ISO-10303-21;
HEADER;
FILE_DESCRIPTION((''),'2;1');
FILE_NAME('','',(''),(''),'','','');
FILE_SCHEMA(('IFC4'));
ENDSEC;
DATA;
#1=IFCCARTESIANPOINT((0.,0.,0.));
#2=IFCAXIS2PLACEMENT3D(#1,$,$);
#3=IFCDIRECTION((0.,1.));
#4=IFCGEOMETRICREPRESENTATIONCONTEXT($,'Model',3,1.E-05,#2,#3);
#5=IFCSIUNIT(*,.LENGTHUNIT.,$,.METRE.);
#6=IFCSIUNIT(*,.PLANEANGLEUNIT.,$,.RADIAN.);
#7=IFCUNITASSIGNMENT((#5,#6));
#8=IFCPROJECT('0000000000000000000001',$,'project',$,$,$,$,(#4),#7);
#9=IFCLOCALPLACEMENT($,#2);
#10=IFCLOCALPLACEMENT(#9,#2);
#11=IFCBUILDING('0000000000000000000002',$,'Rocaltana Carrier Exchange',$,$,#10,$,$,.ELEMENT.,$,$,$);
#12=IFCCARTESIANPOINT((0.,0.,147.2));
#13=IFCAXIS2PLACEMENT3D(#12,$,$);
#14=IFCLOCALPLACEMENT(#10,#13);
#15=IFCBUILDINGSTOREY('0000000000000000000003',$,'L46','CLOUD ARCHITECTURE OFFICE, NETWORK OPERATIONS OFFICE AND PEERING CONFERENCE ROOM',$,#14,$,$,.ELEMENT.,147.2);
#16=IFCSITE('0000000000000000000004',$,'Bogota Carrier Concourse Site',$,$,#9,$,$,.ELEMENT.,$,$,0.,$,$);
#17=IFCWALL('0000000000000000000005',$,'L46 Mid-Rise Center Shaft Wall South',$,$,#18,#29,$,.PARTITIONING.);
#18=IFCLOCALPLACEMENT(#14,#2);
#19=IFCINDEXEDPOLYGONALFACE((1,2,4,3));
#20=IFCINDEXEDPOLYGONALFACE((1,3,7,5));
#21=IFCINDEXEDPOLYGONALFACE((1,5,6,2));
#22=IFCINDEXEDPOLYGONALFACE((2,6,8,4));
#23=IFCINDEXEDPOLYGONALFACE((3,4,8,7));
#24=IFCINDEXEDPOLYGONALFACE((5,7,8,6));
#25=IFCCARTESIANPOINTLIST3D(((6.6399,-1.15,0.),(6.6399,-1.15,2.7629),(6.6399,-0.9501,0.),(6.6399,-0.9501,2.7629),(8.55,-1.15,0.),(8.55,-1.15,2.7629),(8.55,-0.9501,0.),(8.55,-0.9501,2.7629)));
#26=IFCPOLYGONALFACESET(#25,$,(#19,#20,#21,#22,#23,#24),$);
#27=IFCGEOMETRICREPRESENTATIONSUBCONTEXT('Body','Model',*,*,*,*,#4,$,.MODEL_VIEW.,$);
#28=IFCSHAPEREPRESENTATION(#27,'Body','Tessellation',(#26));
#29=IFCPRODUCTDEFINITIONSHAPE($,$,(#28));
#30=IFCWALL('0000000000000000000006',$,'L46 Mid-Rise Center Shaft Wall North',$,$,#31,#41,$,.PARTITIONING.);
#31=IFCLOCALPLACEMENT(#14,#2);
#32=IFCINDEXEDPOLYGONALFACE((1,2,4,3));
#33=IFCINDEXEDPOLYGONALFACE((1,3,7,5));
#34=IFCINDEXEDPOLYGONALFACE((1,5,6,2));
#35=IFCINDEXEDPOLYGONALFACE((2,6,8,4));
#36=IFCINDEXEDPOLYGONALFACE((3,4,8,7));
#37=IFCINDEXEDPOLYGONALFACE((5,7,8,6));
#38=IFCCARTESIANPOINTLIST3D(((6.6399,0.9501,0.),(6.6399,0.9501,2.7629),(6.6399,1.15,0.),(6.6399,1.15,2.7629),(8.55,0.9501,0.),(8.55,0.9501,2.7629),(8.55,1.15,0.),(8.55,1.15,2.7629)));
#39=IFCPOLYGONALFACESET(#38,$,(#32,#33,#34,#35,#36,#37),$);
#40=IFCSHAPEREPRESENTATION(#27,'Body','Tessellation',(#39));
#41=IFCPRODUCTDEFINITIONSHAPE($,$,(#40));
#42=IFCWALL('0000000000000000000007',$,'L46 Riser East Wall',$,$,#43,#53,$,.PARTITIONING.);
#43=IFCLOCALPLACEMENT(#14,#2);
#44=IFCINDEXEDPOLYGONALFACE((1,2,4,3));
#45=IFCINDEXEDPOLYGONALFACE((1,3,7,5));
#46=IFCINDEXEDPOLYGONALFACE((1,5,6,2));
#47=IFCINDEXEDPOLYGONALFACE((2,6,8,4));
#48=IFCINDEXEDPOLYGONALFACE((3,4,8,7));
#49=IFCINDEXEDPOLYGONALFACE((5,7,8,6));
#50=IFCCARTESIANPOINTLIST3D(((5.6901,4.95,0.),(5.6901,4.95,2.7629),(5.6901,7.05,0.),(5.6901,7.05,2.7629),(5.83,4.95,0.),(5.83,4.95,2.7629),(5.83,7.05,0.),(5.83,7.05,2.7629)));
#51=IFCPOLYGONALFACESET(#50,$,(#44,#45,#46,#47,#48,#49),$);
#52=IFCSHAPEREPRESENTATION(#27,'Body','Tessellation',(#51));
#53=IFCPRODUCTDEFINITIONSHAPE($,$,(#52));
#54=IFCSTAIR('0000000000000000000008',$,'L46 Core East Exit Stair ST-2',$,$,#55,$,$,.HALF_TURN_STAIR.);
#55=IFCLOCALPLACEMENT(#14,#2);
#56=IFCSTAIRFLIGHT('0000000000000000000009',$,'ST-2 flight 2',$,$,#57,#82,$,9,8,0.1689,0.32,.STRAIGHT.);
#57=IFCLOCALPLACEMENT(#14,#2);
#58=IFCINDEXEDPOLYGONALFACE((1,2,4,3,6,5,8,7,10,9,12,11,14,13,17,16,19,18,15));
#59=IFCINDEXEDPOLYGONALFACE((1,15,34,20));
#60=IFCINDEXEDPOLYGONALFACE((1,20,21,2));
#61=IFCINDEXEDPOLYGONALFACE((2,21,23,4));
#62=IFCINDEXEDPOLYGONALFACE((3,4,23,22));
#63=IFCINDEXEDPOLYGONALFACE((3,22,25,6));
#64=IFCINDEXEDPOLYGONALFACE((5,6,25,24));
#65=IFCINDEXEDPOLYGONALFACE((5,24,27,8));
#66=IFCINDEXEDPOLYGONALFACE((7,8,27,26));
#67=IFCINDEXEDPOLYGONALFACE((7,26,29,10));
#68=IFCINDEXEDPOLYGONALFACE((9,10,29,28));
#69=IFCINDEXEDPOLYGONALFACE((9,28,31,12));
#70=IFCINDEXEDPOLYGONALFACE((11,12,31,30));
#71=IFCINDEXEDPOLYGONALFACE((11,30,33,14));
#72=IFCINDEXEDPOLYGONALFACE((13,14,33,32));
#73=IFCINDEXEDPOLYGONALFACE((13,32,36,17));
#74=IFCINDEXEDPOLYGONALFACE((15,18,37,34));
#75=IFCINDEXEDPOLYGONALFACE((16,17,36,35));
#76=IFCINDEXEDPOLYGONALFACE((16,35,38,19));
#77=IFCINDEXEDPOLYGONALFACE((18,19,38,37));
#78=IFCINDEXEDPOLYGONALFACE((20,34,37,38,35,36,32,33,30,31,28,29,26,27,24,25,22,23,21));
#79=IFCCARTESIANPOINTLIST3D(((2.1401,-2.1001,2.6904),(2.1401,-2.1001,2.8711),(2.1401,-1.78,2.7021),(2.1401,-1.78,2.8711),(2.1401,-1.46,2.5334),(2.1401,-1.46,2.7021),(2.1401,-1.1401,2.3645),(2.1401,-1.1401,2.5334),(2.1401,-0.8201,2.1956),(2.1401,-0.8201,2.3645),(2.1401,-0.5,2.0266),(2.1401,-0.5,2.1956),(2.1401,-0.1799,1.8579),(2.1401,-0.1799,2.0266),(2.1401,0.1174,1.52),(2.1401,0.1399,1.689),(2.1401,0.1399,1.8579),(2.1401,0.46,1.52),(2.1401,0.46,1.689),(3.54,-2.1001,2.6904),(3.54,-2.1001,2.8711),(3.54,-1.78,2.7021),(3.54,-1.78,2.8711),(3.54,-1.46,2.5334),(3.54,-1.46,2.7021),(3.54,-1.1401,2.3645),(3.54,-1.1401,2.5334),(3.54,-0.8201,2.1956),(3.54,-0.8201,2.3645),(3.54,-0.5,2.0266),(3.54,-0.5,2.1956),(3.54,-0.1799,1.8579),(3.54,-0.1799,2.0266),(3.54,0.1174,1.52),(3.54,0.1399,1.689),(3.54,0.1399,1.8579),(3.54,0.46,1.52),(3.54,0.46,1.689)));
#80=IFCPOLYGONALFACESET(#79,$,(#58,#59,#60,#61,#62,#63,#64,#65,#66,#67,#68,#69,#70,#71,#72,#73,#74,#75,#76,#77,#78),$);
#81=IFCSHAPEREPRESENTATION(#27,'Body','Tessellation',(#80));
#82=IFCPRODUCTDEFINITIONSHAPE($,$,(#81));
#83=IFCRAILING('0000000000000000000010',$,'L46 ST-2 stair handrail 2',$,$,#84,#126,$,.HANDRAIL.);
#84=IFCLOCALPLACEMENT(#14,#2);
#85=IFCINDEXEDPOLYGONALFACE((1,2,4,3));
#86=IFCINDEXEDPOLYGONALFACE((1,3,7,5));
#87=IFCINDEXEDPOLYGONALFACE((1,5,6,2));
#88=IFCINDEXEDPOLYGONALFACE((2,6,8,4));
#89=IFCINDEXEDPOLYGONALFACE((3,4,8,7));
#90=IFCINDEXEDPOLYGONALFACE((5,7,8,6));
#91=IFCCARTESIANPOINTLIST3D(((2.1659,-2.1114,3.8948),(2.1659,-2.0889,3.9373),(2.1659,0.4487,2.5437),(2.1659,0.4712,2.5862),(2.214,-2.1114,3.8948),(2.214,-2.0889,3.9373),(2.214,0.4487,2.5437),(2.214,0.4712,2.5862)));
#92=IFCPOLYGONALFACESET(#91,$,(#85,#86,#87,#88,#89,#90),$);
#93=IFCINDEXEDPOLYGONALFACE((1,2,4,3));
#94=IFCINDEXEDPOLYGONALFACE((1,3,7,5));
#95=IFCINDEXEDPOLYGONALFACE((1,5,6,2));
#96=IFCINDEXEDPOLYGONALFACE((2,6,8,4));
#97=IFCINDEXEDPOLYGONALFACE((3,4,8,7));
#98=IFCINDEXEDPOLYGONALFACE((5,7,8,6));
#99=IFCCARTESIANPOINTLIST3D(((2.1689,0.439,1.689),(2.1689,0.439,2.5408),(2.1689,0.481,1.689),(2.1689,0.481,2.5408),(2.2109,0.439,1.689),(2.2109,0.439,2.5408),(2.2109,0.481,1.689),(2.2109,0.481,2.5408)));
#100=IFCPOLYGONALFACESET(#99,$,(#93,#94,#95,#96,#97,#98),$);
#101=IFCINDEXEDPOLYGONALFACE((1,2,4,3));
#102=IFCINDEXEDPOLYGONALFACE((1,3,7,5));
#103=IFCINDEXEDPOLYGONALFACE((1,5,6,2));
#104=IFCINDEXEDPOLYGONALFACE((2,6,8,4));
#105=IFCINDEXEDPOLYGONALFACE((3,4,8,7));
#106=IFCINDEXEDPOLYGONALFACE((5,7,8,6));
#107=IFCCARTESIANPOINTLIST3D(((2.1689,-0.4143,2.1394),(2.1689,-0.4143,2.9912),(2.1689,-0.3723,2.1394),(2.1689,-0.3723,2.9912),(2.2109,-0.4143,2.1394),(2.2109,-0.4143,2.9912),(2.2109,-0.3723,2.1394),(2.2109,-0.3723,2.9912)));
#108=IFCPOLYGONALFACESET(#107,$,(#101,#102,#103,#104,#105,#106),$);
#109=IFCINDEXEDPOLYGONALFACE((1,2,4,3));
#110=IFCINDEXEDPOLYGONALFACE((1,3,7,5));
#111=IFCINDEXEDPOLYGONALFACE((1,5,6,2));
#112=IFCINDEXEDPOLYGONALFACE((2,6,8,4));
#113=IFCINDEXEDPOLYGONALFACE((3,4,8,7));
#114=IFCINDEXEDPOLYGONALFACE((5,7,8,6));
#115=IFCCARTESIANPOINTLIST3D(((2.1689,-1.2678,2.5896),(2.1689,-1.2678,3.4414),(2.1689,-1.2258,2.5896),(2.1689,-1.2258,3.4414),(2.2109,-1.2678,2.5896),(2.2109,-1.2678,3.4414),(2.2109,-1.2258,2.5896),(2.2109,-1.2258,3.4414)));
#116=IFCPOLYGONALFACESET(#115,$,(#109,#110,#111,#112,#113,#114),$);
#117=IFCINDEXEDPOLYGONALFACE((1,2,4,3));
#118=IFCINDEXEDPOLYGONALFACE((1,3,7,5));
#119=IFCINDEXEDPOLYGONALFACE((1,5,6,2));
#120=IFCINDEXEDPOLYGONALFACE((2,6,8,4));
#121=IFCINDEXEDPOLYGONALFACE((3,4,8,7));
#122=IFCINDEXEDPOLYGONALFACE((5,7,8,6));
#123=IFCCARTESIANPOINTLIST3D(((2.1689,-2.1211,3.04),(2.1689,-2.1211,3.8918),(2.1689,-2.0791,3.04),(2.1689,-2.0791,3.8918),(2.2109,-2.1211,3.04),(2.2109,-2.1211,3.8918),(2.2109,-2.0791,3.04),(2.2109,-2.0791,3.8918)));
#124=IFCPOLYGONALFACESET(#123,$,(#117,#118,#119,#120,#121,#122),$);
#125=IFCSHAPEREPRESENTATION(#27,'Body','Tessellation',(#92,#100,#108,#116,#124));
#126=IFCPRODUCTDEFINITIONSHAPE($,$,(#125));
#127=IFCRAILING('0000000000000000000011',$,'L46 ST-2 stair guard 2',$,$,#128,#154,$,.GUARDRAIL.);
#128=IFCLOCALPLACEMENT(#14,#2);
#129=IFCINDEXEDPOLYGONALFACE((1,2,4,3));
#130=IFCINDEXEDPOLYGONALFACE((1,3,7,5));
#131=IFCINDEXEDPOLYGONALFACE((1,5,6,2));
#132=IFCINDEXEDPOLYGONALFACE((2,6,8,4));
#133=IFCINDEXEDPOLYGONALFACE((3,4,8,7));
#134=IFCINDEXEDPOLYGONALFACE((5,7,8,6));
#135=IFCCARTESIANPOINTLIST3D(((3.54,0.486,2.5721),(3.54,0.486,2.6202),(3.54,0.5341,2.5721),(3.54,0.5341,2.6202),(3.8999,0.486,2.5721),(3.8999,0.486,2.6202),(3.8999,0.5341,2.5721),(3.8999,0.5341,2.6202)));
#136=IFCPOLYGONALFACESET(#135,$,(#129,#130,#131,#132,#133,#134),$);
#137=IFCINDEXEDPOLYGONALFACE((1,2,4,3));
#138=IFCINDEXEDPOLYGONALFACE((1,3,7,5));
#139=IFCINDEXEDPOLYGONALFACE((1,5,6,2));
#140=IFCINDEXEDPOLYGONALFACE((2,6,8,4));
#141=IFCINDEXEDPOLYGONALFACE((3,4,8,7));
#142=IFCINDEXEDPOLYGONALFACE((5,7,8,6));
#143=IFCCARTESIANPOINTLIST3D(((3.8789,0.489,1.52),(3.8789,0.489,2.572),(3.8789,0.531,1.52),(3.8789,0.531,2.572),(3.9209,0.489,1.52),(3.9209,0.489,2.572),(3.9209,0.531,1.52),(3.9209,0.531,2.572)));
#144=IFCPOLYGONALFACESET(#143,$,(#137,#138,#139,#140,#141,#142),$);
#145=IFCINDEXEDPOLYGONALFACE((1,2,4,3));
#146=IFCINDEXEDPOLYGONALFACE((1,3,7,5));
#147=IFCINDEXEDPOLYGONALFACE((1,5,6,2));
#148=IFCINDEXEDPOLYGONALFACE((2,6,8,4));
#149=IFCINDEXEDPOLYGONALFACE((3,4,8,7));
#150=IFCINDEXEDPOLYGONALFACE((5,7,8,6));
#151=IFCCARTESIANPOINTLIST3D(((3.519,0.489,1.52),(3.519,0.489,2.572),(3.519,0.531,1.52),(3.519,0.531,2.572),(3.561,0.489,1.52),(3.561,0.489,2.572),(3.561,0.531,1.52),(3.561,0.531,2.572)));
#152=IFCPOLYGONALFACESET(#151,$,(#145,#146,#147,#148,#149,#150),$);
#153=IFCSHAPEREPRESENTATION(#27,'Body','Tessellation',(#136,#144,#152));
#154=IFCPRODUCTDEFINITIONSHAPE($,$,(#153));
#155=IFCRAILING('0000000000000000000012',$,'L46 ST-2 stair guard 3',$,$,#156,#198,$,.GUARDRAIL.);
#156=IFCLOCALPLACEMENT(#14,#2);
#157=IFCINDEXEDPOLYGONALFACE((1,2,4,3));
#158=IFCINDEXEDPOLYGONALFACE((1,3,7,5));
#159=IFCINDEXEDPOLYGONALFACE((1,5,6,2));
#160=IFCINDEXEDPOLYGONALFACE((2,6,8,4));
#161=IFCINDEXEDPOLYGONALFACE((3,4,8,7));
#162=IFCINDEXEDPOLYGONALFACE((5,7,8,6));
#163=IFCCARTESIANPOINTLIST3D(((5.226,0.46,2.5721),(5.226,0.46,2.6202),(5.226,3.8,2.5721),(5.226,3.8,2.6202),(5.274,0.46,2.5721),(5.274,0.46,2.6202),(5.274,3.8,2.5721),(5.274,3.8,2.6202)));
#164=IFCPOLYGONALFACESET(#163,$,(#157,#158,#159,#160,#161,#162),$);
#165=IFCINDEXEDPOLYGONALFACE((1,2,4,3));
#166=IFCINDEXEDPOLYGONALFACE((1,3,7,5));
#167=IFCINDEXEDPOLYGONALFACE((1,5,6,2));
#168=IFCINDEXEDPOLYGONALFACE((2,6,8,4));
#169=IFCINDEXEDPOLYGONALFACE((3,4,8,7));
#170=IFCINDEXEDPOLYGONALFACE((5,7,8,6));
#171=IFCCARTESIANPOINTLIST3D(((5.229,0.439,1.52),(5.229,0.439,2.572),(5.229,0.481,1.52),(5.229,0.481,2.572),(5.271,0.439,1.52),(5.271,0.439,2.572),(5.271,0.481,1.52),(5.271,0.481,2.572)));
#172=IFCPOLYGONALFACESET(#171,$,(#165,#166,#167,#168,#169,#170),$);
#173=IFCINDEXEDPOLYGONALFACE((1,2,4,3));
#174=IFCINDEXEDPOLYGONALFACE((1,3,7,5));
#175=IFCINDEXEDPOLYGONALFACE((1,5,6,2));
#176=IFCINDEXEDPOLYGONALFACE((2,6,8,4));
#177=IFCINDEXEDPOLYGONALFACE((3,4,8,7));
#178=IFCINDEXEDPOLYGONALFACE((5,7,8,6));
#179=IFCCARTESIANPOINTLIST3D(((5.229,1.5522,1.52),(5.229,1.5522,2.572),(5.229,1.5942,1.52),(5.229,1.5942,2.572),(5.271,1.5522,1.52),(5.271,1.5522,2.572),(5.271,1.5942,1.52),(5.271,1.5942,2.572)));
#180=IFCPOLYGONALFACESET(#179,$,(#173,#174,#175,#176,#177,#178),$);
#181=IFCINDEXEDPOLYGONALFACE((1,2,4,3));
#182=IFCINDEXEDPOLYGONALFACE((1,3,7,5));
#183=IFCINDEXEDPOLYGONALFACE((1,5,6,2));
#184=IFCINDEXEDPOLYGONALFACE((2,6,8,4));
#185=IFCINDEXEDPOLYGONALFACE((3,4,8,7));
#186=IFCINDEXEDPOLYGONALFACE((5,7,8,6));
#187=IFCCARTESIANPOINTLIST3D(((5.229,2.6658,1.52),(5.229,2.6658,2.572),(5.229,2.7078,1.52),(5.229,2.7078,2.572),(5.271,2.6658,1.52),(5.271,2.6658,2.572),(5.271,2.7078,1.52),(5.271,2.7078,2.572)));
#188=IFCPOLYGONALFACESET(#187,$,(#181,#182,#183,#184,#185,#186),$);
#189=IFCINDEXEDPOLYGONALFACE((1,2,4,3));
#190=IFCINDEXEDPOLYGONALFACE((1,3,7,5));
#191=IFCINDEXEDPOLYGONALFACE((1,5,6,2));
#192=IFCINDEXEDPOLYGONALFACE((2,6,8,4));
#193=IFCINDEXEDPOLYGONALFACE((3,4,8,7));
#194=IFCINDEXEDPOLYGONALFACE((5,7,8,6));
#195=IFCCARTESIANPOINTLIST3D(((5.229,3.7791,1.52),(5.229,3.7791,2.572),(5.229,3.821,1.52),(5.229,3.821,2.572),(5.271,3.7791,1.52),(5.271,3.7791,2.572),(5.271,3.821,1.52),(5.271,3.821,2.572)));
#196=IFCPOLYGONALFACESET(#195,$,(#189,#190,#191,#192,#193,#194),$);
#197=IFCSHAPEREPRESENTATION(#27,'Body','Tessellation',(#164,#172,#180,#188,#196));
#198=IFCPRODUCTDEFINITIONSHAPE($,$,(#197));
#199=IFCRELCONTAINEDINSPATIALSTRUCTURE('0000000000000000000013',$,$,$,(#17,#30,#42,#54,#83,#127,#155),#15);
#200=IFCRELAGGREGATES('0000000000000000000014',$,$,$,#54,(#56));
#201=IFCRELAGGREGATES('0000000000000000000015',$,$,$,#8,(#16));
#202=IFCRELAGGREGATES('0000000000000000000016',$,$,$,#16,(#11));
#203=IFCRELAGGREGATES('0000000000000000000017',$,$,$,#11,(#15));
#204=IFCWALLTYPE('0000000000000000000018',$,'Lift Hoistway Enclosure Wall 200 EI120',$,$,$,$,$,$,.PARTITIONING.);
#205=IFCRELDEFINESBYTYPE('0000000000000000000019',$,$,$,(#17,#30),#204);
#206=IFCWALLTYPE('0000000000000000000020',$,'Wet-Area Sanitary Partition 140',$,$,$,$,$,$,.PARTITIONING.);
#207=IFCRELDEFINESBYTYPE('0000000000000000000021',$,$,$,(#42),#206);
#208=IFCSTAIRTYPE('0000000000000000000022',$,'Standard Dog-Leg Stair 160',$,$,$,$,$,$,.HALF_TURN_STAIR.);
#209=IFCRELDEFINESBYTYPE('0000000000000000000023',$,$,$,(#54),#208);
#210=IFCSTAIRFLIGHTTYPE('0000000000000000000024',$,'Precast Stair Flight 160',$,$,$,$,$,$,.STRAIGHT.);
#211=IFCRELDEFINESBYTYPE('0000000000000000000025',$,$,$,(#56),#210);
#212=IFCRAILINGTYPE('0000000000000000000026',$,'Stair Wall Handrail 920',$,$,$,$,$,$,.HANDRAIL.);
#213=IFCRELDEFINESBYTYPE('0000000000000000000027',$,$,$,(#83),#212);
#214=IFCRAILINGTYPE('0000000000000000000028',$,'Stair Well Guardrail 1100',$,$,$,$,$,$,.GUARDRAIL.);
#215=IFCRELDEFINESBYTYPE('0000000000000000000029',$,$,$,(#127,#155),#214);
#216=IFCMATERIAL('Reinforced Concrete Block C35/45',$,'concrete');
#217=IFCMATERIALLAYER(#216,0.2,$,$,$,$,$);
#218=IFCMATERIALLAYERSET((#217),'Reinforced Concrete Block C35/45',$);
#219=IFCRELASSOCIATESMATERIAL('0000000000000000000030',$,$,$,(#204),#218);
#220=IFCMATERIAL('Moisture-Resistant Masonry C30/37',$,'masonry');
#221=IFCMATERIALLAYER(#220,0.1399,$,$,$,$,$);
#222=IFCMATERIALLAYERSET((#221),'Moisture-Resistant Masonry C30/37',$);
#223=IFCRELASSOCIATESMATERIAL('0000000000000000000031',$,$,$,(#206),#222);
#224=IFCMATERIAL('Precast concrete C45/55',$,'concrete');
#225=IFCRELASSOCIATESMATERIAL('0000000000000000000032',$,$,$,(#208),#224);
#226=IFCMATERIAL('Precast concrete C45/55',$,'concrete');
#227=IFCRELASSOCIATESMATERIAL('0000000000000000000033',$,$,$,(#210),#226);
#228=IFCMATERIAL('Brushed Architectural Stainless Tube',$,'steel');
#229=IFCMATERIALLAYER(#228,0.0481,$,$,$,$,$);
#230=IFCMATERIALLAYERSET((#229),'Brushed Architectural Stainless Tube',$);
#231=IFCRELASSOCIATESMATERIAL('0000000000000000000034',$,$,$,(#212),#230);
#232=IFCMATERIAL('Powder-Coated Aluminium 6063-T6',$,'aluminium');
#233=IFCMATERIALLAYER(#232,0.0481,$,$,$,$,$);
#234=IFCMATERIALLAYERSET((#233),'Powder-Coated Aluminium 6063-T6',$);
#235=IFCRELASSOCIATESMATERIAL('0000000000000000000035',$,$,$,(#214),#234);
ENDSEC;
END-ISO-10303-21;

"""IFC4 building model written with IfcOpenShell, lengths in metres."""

from ifc_helpers import new_model, si_unit, direction, frame, frame_2d, origin, origin_2d, place, context, subcontext, project, spatial, polyline, rectangle, outline, extrude, material, layer, layer_set, type_object, element, aggregate, save


model = new_model("IFC4")

# Units and contexts
model_context = context("Model", 3, precision=1e-05, world=origin(), true_north=direction((0.0, 1.0)))
body_context = subcontext(model_context, "Body", "Model", "MODEL_VIEW")
ifc_project = project(units=[si_unit("LENGTHUNIT", "METRE"), si_unit("PLANEANGLEUNIT", "RADIAN")], contexts=[model_context])

# Site, building, storey
site_placement = place(None, origin())
site = spatial("IfcSite", under=ifc_project, at=site_placement, Name="Bogota Carrier Concourse Site", CompositionType="ELEMENT", RefElevation=0.0)
building_placement = place(site_placement, origin())
building = spatial("IfcBuilding", under=site, at=building_placement, Name="Rocaltana Carrier Exchange", CompositionType="ELEMENT")
storey_placement = place(building_placement, frame((0.0, 0.0, 147.2)))
storey = spatial("IfcBuildingStorey", under=building, at=storey_placement, Name="L46", Description="CLOUD ARCHITECTURE OFFICE, NETWORK OPERATIONS OFFICE AND PEERING CONFERENCE ROOM", CompositionType="ELEMENT", Elevation=147.2)

# Walls
ifc_material_1 = material(Name="Reinforced Concrete Block C35/45", Category="concrete")
ifc_layer_1 = layer(ifc_material_1, 0.2)
ifc_layer_set_1 = layer_set([ifc_layer_1], Name="Reinforced Concrete Block C35/45")
wall_type_1 = type_object("IfcWallType", Name="Lift Hoistway Enclosure Wall 200 EI120", PredefinedType="PARTITIONING", material=ifc_layer_set_1)
for number, where, z_axis, x_axis, name in (
    (1, (6.6399, -1.05, 0.0), (0.0, 0.0, 1.0), (1.0, 0.0, 0.0), "L46 Mid-Rise Center Shaft Wall South"),
    (2, (6.6399, 1.05, 0.0), (0.0, 0.0, 1.0), (1.0, 0.0, 0.0), "L46 Mid-Rise Center Shaft Wall North"),
):
    element("IfcWall", number, at=place(storey_placement, frame(where, z_axis=z_axis, x_axis=x_axis)), inside=storey, type_object=wall_type_1, Name=name, PredefinedType="PARTITIONING", context=body_context, shape_type="SweptSolid", body=[
        extrude(rectangle(XDim=1.9102, YDim=0.2, at=frame_2d((0.9551, 0.0))), origin(), (0.0, 0.0, 1.0), 2.7629),
    ])
ifc_material_2 = material(Name="Moisture-Resistant Masonry C30/37", Category="masonry")
ifc_layer_2 = layer(ifc_material_2, 0.1399)
ifc_layer_set_2 = layer_set([ifc_layer_2], Name="Moisture-Resistant Masonry C30/37")
wall_type_2 = type_object("IfcWallType", Name="Wet-Area Sanitary Partition 140", PredefinedType="PARTITIONING", material=ifc_layer_set_2)
wall_1_placement = place(storey_placement, frame((5.76, 4.95, 0.0), z_axis=(0.0, 0.0, 1.0), x_axis=(0.0, 1.0, 0.0)))
element("IfcWall", 3, at=wall_1_placement, inside=storey, type_object=wall_type_2, Name="L46 Riser East Wall", PredefinedType="PARTITIONING", context=body_context, shape_type="SweptSolid", body=[
    extrude(rectangle(XDim=2.1001, YDim=0.1399, at=frame_2d((1.05, 0.0))), origin(), (0.0, 0.0, 1.0), 2.7629),
])

# Stair, stair flight
ifc_material_3 = material(Name="Precast concrete C45/55", Category="concrete")
stair_type = type_object("IfcStairType", Name="Standard Dog-Leg Stair 160", PredefinedType="HALF_TURN_STAIR", material=ifc_material_3)
stair_placement = place(storey_placement, origin())
stair = element("IfcStair", 4, at=stair_placement, inside=storey, type_object=stair_type, Name="L46 Core East Exit Stair ST-2", PredefinedType="HALF_TURN_STAIR")
ifc_material_4 = material(Name="Precast concrete C45/55", Category="concrete")
stair_flight_type = type_object("IfcStairFlightType", Name="Precast Stair Flight 160", PredefinedType="STRAIGHT", material=ifc_material_4)
stair_flight_placement = place(storey_placement, frame((2.8401, 0.46, 1.52), z_axis=(0.0, 0.0, 1.0), x_axis=(0.0, -1.0, 0.0)))
stair_flight = element("IfcStairFlight", 5, at=stair_flight_placement, type_object=stair_flight_type, Name="ST-2 flight 2", NumberOfRisers=9, NumberOfTreads=8, PredefinedType="STRAIGHT", RiserHeight=0.1689, TreadLength=0.32, context=body_context, shape_type="SweptSolid", body=[
    extrude(outline(polyline([(0.0, 0.0), (0.0, 0.1689), (0.3201, 0.1689), (0.3201, 0.3379), (0.6399, 0.3379), (0.6399, 0.5066), (0.96, 0.5066), (0.96, 0.6755), (1.28, 0.6755), (1.28, 0.8445), (1.6001, 0.8445), (1.6001, 1.0134), (1.9199, 1.0134), (1.9199, 1.1821), (2.24, 1.1821), (2.24, 1.3511), (2.5601, 1.3511), (2.5601, 1.52), (2.5601, 1.1704), (0.3425, 0.0), (0.0, 0.0)])), frame((0.0, 0.7, 0.0), z_axis=(0.0, -1.0, 0.0), x_axis=(1.0, 0.0, 0.0)), (0.0, 0.0, 1.0), 1.3999),
])
aggregate(stair, [stair_flight])

# Railings
ifc_material_5 = material(Name="Brushed Architectural Stainless Tube", Category="steel")
ifc_layer_3 = layer(ifc_material_5, 0.0481)
ifc_layer_set_3 = layer_set([ifc_layer_3], Name="Brushed Architectural Stainless Tube")
railing_type_1 = type_object("IfcRailingType", Name="Stair Wall Handrail 920", PredefinedType="HANDRAIL", material=ifc_layer_set_3)
railing_1_placement = place(storey_placement, frame((2.1899, 0.46, 1.689)))
element("IfcRailing", 6, at=railing_1_placement, inside=storey, type_object=railing_type_1, Name="L46 ST-2 stair handrail 2", PredefinedType="HANDRAIL", context=body_context, shape_type="SweptSolid", body=[
    extrude(rectangle(XDim=0.0481, YDim=0.0481, at=origin_2d()), frame((0.0, 0.0, 0.876), z_axis=(0.0, -0.884394, 0.46674), x_axis=(1.0, 0.0, 0.0)), (0.0, 0.0, 1.0), 2.8948),
    extrude(rectangle(XDim=0.042, YDim=0.042, at=origin_2d()), origin(), (0.0, 0.0, 1.0), 0.8518),
    extrude(rectangle(XDim=0.042, YDim=0.042, at=origin_2d()), frame((0.0, -0.8533, 0.4504)), (0.0, 0.0, 1.0), 0.8518),
    extrude(rectangle(XDim=0.042, YDim=0.042, at=origin_2d()), frame((0.0, -1.7068, 0.9006)), (0.0, 0.0, 1.0), 0.8518),
    extrude(rectangle(XDim=0.042, YDim=0.042, at=origin_2d()), frame((0.0, -2.5601, 1.3511)), (0.0, 0.0, 1.0), 0.8518),
])
ifc_material_6 = material(Name="Powder-Coated Aluminium 6063-T6", Category="aluminium")
ifc_layer_4 = layer(ifc_material_6, 0.0481)
ifc_layer_set_4 = layer_set([ifc_layer_4], Name="Powder-Coated Aluminium 6063-T6")
railing_type_2 = type_object("IfcRailingType", Name="Stair Well Guardrail 1100", PredefinedType="GUARDRAIL", material=ifc_layer_set_4)
railing_2_placement = place(storey_placement, frame((3.8999, 0.51, 1.52)))
element("IfcRailing", 7, at=railing_2_placement, inside=storey, type_object=railing_type_2, Name="L46 ST-2 stair guard 2", PredefinedType="GUARDRAIL", context=body_context, shape_type="SweptSolid", body=[
    extrude(rectangle(XDim=0.0481, YDim=0.0481, at=origin_2d()), frame((0.0, 0.0, 1.0762), z_axis=(-1.0, 0.0, 0.0), x_axis=(0.0, -1.0, 0.0)), (0.0, 0.0, 1.0), 0.3599),
    extrude(rectangle(XDim=0.042, YDim=0.042, at=origin_2d()), origin(), (0.0, 0.0, 1.0), 1.052),
    extrude(rectangle(XDim=0.042, YDim=0.042, at=origin_2d()), frame((-0.3599, 0.0, 0.0)), (0.0, 0.0, 1.0), 1.052),
])
for number, where, name in (
    (8, (5.25, 0.46, 1.52), "L46 ST-2 stair guard 3"),
):
    element("IfcRailing", number, at=place(storey_placement, frame(where)), inside=storey, type_object=railing_type_2, Name=name, PredefinedType="GUARDRAIL", context=body_context, shape_type="SweptSolid", body=[
        extrude(rectangle(XDim=0.0481, YDim=0.0481, at=origin_2d()), frame((0.0, 0.0, 1.0762), z_axis=(0.0, 1.0, 0.0), x_axis=(-1.0, 0.0, 0.0)), (0.0, 0.0, 1.0), 3.3401),
        extrude(rectangle(XDim=0.042, YDim=0.042, at=origin_2d()), origin(), (0.0, 0.0, 1.0), 1.052),
        extrude(rectangle(XDim=0.042, YDim=0.042, at=origin_2d()), frame((0.0, 1.1133, 0.0)), (0.0, 0.0, 1.0), 1.052),
        extrude(rectangle(XDim=0.042, YDim=0.042, at=origin_2d()), frame((0.0, 2.2268, 0.0)), (0.0, 0.0, 1.0), 1.052),
        extrude(rectangle(XDim=0.042, YDim=0.042, at=origin_2d()), frame((0.0, 3.3401, 0.0)), (0.0, 0.0, 1.0), 1.052),
    ])

save(model, "model.ifc")
